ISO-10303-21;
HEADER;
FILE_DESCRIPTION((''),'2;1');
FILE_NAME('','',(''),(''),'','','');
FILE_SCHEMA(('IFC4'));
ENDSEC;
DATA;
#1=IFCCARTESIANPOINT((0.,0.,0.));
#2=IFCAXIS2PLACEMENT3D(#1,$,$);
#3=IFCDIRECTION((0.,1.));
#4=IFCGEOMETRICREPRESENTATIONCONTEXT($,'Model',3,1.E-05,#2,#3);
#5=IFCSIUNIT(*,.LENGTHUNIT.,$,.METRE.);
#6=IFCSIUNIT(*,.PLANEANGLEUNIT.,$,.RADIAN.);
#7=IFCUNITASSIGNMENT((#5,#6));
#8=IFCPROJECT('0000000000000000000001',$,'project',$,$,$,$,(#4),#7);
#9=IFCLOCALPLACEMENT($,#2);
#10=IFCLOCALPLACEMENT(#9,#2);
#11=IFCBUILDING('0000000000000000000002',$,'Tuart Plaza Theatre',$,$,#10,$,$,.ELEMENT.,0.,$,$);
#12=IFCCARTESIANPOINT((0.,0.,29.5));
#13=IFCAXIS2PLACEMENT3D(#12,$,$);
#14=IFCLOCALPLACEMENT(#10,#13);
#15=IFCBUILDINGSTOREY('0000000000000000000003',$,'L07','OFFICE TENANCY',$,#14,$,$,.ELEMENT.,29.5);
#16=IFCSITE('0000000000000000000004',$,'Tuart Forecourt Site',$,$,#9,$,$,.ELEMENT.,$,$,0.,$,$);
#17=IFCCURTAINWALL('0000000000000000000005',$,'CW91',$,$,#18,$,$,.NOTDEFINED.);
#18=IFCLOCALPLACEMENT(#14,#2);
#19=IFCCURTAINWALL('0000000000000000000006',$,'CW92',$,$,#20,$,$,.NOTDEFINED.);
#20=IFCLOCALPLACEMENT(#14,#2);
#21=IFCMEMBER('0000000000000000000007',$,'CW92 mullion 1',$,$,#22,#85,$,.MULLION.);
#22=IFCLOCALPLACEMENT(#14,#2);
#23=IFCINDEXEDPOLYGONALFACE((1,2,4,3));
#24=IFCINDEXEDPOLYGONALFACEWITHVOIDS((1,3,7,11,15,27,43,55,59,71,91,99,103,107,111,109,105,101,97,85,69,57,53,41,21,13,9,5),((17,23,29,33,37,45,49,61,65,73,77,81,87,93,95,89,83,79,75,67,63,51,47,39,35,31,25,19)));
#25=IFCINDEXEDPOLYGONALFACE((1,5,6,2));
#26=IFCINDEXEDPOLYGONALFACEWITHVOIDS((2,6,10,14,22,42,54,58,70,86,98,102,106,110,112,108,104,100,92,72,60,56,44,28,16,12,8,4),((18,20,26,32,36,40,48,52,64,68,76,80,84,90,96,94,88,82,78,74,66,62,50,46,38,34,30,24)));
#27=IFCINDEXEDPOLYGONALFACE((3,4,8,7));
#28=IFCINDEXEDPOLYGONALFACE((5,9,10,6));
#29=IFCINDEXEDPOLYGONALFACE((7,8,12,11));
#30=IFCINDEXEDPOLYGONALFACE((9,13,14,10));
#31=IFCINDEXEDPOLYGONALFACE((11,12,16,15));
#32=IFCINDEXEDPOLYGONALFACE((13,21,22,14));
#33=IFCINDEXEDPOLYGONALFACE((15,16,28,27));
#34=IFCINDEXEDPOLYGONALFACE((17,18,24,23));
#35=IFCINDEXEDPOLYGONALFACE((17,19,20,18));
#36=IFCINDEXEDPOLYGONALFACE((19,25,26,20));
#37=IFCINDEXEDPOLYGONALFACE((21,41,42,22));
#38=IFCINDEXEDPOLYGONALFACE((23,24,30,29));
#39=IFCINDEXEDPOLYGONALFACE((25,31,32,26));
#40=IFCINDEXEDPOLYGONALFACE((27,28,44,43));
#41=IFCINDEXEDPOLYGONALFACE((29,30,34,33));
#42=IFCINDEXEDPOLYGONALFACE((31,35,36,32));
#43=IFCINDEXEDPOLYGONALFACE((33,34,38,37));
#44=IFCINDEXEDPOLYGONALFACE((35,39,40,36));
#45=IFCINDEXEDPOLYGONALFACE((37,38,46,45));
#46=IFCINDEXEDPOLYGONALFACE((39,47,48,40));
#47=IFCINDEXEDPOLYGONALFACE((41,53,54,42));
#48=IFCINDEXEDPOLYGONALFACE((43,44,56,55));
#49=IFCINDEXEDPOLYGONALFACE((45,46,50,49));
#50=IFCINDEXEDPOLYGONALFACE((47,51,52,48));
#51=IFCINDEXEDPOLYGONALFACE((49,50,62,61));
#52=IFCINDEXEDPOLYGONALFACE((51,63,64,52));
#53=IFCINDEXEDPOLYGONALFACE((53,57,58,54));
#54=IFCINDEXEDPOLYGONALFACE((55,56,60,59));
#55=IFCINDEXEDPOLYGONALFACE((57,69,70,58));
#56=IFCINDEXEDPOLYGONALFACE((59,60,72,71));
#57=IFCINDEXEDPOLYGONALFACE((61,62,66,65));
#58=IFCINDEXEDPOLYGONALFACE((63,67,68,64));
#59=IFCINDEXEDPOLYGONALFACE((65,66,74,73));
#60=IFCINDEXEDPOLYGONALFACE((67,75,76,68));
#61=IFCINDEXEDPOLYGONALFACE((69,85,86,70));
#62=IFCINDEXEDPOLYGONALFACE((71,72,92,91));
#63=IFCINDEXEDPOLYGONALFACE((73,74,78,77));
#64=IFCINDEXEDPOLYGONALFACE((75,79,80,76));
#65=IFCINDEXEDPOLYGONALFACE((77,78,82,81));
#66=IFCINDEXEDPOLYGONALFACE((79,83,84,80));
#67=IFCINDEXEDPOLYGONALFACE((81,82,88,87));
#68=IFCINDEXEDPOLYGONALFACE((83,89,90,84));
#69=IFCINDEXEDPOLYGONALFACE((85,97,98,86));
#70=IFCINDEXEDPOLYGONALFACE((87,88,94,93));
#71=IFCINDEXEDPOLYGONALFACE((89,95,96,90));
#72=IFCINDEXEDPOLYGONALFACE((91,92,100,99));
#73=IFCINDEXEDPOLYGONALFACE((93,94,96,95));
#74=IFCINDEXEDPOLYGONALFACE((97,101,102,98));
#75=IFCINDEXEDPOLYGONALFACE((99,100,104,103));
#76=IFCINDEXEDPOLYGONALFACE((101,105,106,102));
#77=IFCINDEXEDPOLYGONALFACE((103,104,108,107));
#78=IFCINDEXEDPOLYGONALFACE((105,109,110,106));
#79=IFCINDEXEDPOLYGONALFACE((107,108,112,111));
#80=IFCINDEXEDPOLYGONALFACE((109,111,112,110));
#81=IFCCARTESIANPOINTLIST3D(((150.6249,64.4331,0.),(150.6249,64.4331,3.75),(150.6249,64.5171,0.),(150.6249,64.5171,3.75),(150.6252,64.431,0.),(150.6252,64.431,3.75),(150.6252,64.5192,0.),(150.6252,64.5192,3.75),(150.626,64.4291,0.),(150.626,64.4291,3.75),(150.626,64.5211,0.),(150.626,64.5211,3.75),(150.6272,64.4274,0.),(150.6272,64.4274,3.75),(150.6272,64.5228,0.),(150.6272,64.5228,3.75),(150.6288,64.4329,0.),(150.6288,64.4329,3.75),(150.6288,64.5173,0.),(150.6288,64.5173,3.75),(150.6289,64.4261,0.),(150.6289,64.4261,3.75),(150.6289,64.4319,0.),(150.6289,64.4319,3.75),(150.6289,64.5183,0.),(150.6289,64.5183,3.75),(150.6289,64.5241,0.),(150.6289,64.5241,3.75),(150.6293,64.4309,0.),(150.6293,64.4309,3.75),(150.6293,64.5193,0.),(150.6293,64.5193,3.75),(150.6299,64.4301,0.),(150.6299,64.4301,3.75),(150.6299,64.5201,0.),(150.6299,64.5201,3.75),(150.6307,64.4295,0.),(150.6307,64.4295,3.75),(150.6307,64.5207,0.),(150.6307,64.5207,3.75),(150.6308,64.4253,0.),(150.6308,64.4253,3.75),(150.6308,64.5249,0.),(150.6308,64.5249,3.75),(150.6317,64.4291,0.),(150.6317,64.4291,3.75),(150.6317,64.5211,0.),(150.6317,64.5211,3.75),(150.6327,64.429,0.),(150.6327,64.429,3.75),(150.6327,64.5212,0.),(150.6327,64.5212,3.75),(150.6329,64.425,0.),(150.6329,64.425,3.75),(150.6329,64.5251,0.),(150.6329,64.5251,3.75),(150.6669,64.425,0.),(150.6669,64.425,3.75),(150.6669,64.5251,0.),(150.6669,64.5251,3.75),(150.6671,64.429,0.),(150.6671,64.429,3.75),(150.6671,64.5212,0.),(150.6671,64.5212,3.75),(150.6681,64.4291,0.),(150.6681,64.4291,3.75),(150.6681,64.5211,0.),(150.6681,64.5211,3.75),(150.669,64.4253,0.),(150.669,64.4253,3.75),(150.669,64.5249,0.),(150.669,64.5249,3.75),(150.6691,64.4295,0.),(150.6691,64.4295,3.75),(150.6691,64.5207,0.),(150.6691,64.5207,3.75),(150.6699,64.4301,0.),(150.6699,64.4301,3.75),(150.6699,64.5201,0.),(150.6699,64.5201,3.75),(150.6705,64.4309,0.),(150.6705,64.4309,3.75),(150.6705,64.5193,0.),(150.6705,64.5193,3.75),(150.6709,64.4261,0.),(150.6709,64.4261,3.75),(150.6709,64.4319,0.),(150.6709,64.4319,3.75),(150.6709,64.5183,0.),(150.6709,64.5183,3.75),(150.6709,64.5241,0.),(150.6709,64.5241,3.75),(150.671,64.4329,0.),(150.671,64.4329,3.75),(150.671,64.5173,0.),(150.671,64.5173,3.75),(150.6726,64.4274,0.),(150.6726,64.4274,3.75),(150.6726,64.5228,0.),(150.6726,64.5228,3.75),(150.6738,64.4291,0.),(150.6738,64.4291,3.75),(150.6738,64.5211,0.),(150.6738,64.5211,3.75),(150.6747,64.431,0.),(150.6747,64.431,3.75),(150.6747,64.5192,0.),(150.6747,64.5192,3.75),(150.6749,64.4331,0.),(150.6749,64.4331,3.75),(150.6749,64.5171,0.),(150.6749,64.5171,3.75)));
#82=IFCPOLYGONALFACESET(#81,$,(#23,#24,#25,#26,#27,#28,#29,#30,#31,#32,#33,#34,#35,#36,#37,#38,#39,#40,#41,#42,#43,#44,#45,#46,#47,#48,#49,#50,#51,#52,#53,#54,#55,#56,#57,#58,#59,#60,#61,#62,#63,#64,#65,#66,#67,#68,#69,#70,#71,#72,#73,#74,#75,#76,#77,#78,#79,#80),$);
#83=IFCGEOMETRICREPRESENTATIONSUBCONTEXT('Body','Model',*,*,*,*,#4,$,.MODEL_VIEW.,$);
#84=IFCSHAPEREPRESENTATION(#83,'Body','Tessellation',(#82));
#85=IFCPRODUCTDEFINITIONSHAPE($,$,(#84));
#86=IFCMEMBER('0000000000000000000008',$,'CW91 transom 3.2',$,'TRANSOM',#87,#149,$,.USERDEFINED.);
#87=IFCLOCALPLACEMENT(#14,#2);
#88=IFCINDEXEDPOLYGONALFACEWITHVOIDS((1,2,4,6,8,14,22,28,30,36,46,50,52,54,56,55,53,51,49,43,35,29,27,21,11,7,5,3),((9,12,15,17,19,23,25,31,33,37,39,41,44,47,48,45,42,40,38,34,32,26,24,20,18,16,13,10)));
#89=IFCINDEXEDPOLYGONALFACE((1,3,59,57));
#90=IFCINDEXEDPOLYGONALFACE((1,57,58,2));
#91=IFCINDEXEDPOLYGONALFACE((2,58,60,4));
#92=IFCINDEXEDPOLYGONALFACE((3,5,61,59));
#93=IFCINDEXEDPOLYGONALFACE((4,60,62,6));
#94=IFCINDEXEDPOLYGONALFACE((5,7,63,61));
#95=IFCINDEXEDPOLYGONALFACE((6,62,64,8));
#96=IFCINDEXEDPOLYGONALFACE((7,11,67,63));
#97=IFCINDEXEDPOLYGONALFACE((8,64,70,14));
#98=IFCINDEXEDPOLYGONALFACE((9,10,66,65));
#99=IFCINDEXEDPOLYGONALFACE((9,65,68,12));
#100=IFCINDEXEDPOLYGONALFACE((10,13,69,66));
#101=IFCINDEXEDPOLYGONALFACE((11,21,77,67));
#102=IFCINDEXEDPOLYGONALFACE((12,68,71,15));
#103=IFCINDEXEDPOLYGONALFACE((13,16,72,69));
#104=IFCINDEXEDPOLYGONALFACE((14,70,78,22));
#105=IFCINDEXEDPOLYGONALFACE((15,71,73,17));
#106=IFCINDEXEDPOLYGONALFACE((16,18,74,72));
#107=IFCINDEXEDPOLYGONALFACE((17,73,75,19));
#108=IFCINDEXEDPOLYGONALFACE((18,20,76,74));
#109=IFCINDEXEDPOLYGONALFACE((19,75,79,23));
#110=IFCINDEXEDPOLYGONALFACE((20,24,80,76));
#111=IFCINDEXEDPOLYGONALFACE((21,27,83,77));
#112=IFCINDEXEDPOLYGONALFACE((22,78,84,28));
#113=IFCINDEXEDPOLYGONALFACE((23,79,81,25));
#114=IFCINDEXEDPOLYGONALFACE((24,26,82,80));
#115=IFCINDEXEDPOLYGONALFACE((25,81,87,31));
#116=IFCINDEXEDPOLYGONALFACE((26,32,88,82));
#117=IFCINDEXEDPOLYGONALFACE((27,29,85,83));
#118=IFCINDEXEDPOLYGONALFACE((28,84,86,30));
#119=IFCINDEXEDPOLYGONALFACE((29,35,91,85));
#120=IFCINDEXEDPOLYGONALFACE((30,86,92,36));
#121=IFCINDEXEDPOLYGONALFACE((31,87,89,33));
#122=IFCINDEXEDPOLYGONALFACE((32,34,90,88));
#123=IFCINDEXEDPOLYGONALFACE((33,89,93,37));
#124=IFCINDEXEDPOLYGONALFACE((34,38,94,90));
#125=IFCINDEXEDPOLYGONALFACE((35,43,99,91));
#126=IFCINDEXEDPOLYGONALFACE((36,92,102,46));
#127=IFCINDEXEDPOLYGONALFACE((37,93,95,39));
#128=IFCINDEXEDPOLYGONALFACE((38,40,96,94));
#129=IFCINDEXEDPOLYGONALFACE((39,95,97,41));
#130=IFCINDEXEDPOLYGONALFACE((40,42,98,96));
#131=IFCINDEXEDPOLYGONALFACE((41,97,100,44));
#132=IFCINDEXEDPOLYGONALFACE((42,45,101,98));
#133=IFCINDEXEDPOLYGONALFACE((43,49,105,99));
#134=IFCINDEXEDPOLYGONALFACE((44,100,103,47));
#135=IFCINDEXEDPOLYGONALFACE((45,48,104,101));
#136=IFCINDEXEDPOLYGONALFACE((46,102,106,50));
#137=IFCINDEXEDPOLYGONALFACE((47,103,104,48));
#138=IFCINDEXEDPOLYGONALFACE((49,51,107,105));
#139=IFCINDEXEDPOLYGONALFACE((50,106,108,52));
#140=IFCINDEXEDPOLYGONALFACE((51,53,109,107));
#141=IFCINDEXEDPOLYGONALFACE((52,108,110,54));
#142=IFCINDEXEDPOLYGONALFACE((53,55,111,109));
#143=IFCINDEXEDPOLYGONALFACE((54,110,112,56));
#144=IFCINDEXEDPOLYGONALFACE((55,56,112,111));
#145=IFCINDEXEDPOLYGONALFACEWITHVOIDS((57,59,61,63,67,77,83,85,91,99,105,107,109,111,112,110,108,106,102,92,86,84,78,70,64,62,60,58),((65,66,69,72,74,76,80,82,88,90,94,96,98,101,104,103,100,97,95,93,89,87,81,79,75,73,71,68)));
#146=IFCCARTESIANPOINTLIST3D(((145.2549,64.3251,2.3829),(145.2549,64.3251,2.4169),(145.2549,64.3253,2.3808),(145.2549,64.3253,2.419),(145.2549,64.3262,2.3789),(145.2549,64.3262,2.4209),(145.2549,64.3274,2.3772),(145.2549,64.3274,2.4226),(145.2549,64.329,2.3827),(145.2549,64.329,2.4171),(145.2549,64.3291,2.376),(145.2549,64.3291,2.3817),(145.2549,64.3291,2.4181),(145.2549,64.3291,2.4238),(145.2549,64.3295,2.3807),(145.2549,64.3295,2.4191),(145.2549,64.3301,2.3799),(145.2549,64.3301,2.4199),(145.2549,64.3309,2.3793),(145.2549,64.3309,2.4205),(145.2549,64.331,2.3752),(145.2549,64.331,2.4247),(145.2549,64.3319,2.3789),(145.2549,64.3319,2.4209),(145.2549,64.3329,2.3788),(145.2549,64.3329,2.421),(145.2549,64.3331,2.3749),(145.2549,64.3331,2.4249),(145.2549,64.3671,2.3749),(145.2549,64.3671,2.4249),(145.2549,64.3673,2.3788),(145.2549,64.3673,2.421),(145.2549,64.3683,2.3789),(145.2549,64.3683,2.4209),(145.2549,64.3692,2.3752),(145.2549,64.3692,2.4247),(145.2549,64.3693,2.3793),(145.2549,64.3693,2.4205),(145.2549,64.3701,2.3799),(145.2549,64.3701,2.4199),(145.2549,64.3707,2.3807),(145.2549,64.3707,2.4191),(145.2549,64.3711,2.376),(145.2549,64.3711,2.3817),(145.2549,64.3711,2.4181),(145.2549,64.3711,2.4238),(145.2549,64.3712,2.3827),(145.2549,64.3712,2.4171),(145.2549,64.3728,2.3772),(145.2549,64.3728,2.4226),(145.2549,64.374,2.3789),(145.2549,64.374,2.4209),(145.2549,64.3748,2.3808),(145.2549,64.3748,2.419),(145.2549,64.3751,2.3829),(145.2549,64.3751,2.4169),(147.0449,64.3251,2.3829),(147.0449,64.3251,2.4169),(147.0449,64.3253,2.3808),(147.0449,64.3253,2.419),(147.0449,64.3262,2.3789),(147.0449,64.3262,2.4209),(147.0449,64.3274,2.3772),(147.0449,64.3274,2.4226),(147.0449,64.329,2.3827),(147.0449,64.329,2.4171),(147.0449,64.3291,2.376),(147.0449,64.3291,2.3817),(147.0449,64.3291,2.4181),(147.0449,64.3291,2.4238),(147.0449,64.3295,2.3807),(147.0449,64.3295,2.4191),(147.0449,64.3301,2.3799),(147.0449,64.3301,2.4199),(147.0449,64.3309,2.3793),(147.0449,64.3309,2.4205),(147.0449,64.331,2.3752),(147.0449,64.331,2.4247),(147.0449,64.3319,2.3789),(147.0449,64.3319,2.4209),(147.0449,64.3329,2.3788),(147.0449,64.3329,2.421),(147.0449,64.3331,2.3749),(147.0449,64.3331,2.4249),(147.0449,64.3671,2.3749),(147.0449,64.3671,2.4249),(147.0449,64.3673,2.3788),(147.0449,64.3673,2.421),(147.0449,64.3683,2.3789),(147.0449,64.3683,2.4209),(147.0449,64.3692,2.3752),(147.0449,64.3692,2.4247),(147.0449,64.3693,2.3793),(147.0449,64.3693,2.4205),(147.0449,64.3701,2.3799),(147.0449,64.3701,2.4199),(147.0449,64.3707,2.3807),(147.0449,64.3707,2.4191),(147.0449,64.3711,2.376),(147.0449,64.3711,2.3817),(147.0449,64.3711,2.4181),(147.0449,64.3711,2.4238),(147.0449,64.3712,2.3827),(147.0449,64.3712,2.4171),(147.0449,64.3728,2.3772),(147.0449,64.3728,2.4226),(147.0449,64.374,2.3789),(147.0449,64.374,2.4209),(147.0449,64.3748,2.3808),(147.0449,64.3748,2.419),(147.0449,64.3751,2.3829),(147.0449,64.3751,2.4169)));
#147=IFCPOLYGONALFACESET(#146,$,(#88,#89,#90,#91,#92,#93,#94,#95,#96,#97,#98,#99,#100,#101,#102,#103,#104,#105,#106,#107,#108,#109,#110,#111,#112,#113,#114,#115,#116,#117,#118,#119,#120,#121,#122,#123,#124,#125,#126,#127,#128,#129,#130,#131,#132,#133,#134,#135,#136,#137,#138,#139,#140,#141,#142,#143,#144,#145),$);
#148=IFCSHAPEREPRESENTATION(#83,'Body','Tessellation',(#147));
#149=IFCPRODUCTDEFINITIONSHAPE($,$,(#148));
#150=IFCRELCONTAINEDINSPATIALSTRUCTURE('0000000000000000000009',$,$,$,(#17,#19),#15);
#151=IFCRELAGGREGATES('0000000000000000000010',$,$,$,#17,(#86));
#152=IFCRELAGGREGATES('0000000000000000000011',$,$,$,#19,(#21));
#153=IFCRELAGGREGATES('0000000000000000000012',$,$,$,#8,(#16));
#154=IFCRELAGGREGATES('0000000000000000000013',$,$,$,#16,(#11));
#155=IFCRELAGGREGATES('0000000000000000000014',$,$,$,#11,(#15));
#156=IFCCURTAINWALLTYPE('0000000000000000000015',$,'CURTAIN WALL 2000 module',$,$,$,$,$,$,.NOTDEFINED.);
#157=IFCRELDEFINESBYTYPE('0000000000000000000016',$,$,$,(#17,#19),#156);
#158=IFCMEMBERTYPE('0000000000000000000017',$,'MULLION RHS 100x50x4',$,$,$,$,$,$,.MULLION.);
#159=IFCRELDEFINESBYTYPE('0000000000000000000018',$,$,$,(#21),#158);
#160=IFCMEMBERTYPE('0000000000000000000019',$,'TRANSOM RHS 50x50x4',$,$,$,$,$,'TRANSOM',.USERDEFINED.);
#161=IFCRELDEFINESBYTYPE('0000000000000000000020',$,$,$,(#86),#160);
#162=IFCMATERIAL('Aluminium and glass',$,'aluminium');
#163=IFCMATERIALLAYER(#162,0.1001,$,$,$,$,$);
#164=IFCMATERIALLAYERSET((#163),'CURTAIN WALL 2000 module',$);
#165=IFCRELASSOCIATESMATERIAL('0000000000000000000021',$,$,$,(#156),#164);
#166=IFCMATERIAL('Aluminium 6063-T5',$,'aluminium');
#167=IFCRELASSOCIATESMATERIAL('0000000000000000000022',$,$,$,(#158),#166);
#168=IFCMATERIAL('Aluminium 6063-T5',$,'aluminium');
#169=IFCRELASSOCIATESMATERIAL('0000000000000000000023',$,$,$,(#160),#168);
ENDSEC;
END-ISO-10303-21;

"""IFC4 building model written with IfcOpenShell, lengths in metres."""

from ifc_helpers import new_model, si_unit, direction, frame, origin, origin_2d, place, context, subcontext, project, spatial, hollow_rectangle, extrude, material, layer, layer_set, material_profile, profile_set, type_object, element, aggregate, save


model = new_model("IFC4")

# Units and contexts
model_context = context("Model", 3, precision=1e-05, world=origin(), true_north=direction((0.0, 1.0)))
body_context = subcontext(model_context, "Body", "Model", "MODEL_VIEW")
ifc_project = project(units=[si_unit("LENGTHUNIT", "METRE"), si_unit("PLANEANGLEUNIT", "RADIAN")], contexts=[model_context])

# Site, building, storey
site_placement = place(None, origin())
site = spatial("IfcSite", under=ifc_project, at=site_placement, Name="Tuart Forecourt Site", CompositionType="ELEMENT", RefElevation=0.0)
building_placement = place(site_placement, origin())
building = spatial("IfcBuilding", under=site, at=building_placement, Name="Tuart Plaza Theatre", CompositionType="ELEMENT", ElevationOfRefHeight=0.0)
storey_placement = place(building_placement, frame((0.0, 0.0, 29.5)))
storey = spatial("IfcBuildingStorey", under=building, at=storey_placement, Name="L07", Description="OFFICE TENANCY", CompositionType="ELEMENT", Elevation=29.5)

# Curtain wall
ifc_material_1 = material(Name="Aluminium and glass", Category="aluminium")
ifc_layer_1 = layer(ifc_material_1, 0.1001)
ifc_layer_set_1 = layer_set([ifc_layer_1], Name="CURTAIN WALL 2000 module")
curtain_wall_type = type_object("IfcCurtainWallType", Name="CURTAIN WALL 2000 module", PredefinedType="NOTDEFINED", material=ifc_layer_set_1)
curtain_wall_1_placement = place(storey_placement, origin())
curtain_wall_1 = element("IfcCurtainWall", 1, at=curtain_wall_1_placement, inside=storey, type_object=curtain_wall_type, Name="CW91", PredefinedType="NOTDEFINED")
ifc_material_2 = material(Name="Aluminium 6063-T5", Category="aluminium")
ifc_material_profile_1 = material_profile(ifc_material_2, hollow_rectangle(XDim=0.05, YDim=0.1001, WallThickness=0.0039, InnerFilletRadius=0.0039, OuterFilletRadius=0.0081, at=origin_2d()), Name="RHS 100x50x4")
ifc_profile_set_1 = profile_set([ifc_material_profile_1], Name="Aluminium 6063-T5")
member_type_1 = type_object("IfcMemberType", Name="MULLION RHS 100x50x4", PredefinedType="MULLION", material=ifc_profile_set_1)

# Curtain wall, member
curtain_wall_2_placement = place(storey_placement, origin())
curtain_wall_2 = element("IfcCurtainWall", 2, at=curtain_wall_2_placement, inside=storey, type_object=curtain_wall_type, Name="CW92", PredefinedType="NOTDEFINED")
member_1_placement = place(storey_placement, frame((150.6499, 64.4751, 0.0), z_axis=(0.0, 0.0, 1.0), x_axis=(-1.0, 0.0, 0.0)))
member_1 = element("IfcMember", 3, at=member_1_placement, type_object=member_type_1, Name="CW92 mullion 1", PredefinedType="MULLION", context=body_context, shape_type="SweptSolid", body=[
    extrude(hollow_rectangle(XDim=0.05, YDim=0.1001, WallThickness=0.0039, InnerFilletRadius=0.0039, OuterFilletRadius=0.0081, at=origin_2d()), origin(), (0.0, 0.0, 1.0), 3.75),
])

# Member
ifc_material_3 = material(Name="Aluminium 6063-T5", Category="aluminium")
ifc_material_profile_2 = material_profile(ifc_material_3, hollow_rectangle(XDim=0.05, YDim=0.05, WallThickness=0.0039, InnerFilletRadius=0.0039, OuterFilletRadius=0.0081, at=origin_2d()), Name="RHS 50x50x4")
ifc_profile_set_2 = profile_set([ifc_material_profile_2], Name="Aluminium 6063-T5")
member_type_2 = type_object("IfcMemberType", Name="TRANSOM RHS 50x50x4", ElementType="TRANSOM", PredefinedType="USERDEFINED", material=ifc_profile_set_2)
member_2_placement = place(storey_placement, frame((145.2549, 64.3501, 2.3999), z_axis=(1.0, 0.0, 0.0), x_axis=(0.0, 1.0, 0.0)))
member_2 = element("IfcMember", 4, at=member_2_placement, type_object=member_type_2, Name="CW91 transom 3.2", ObjectType="TRANSOM", PredefinedType="USERDEFINED", context=body_context, shape_type="SweptSolid", body=[
    extrude(hollow_rectangle(XDim=0.05, YDim=0.05, WallThickness=0.0039, InnerFilletRadius=0.0039, OuterFilletRadius=0.0081, at=origin_2d()), origin(), (0.0, 0.0, 1.0), 1.79),
])

aggregate(curtain_wall_1, [member_2])
aggregate(curtain_wall_2, [member_1])

save(model, "model.ifc")
